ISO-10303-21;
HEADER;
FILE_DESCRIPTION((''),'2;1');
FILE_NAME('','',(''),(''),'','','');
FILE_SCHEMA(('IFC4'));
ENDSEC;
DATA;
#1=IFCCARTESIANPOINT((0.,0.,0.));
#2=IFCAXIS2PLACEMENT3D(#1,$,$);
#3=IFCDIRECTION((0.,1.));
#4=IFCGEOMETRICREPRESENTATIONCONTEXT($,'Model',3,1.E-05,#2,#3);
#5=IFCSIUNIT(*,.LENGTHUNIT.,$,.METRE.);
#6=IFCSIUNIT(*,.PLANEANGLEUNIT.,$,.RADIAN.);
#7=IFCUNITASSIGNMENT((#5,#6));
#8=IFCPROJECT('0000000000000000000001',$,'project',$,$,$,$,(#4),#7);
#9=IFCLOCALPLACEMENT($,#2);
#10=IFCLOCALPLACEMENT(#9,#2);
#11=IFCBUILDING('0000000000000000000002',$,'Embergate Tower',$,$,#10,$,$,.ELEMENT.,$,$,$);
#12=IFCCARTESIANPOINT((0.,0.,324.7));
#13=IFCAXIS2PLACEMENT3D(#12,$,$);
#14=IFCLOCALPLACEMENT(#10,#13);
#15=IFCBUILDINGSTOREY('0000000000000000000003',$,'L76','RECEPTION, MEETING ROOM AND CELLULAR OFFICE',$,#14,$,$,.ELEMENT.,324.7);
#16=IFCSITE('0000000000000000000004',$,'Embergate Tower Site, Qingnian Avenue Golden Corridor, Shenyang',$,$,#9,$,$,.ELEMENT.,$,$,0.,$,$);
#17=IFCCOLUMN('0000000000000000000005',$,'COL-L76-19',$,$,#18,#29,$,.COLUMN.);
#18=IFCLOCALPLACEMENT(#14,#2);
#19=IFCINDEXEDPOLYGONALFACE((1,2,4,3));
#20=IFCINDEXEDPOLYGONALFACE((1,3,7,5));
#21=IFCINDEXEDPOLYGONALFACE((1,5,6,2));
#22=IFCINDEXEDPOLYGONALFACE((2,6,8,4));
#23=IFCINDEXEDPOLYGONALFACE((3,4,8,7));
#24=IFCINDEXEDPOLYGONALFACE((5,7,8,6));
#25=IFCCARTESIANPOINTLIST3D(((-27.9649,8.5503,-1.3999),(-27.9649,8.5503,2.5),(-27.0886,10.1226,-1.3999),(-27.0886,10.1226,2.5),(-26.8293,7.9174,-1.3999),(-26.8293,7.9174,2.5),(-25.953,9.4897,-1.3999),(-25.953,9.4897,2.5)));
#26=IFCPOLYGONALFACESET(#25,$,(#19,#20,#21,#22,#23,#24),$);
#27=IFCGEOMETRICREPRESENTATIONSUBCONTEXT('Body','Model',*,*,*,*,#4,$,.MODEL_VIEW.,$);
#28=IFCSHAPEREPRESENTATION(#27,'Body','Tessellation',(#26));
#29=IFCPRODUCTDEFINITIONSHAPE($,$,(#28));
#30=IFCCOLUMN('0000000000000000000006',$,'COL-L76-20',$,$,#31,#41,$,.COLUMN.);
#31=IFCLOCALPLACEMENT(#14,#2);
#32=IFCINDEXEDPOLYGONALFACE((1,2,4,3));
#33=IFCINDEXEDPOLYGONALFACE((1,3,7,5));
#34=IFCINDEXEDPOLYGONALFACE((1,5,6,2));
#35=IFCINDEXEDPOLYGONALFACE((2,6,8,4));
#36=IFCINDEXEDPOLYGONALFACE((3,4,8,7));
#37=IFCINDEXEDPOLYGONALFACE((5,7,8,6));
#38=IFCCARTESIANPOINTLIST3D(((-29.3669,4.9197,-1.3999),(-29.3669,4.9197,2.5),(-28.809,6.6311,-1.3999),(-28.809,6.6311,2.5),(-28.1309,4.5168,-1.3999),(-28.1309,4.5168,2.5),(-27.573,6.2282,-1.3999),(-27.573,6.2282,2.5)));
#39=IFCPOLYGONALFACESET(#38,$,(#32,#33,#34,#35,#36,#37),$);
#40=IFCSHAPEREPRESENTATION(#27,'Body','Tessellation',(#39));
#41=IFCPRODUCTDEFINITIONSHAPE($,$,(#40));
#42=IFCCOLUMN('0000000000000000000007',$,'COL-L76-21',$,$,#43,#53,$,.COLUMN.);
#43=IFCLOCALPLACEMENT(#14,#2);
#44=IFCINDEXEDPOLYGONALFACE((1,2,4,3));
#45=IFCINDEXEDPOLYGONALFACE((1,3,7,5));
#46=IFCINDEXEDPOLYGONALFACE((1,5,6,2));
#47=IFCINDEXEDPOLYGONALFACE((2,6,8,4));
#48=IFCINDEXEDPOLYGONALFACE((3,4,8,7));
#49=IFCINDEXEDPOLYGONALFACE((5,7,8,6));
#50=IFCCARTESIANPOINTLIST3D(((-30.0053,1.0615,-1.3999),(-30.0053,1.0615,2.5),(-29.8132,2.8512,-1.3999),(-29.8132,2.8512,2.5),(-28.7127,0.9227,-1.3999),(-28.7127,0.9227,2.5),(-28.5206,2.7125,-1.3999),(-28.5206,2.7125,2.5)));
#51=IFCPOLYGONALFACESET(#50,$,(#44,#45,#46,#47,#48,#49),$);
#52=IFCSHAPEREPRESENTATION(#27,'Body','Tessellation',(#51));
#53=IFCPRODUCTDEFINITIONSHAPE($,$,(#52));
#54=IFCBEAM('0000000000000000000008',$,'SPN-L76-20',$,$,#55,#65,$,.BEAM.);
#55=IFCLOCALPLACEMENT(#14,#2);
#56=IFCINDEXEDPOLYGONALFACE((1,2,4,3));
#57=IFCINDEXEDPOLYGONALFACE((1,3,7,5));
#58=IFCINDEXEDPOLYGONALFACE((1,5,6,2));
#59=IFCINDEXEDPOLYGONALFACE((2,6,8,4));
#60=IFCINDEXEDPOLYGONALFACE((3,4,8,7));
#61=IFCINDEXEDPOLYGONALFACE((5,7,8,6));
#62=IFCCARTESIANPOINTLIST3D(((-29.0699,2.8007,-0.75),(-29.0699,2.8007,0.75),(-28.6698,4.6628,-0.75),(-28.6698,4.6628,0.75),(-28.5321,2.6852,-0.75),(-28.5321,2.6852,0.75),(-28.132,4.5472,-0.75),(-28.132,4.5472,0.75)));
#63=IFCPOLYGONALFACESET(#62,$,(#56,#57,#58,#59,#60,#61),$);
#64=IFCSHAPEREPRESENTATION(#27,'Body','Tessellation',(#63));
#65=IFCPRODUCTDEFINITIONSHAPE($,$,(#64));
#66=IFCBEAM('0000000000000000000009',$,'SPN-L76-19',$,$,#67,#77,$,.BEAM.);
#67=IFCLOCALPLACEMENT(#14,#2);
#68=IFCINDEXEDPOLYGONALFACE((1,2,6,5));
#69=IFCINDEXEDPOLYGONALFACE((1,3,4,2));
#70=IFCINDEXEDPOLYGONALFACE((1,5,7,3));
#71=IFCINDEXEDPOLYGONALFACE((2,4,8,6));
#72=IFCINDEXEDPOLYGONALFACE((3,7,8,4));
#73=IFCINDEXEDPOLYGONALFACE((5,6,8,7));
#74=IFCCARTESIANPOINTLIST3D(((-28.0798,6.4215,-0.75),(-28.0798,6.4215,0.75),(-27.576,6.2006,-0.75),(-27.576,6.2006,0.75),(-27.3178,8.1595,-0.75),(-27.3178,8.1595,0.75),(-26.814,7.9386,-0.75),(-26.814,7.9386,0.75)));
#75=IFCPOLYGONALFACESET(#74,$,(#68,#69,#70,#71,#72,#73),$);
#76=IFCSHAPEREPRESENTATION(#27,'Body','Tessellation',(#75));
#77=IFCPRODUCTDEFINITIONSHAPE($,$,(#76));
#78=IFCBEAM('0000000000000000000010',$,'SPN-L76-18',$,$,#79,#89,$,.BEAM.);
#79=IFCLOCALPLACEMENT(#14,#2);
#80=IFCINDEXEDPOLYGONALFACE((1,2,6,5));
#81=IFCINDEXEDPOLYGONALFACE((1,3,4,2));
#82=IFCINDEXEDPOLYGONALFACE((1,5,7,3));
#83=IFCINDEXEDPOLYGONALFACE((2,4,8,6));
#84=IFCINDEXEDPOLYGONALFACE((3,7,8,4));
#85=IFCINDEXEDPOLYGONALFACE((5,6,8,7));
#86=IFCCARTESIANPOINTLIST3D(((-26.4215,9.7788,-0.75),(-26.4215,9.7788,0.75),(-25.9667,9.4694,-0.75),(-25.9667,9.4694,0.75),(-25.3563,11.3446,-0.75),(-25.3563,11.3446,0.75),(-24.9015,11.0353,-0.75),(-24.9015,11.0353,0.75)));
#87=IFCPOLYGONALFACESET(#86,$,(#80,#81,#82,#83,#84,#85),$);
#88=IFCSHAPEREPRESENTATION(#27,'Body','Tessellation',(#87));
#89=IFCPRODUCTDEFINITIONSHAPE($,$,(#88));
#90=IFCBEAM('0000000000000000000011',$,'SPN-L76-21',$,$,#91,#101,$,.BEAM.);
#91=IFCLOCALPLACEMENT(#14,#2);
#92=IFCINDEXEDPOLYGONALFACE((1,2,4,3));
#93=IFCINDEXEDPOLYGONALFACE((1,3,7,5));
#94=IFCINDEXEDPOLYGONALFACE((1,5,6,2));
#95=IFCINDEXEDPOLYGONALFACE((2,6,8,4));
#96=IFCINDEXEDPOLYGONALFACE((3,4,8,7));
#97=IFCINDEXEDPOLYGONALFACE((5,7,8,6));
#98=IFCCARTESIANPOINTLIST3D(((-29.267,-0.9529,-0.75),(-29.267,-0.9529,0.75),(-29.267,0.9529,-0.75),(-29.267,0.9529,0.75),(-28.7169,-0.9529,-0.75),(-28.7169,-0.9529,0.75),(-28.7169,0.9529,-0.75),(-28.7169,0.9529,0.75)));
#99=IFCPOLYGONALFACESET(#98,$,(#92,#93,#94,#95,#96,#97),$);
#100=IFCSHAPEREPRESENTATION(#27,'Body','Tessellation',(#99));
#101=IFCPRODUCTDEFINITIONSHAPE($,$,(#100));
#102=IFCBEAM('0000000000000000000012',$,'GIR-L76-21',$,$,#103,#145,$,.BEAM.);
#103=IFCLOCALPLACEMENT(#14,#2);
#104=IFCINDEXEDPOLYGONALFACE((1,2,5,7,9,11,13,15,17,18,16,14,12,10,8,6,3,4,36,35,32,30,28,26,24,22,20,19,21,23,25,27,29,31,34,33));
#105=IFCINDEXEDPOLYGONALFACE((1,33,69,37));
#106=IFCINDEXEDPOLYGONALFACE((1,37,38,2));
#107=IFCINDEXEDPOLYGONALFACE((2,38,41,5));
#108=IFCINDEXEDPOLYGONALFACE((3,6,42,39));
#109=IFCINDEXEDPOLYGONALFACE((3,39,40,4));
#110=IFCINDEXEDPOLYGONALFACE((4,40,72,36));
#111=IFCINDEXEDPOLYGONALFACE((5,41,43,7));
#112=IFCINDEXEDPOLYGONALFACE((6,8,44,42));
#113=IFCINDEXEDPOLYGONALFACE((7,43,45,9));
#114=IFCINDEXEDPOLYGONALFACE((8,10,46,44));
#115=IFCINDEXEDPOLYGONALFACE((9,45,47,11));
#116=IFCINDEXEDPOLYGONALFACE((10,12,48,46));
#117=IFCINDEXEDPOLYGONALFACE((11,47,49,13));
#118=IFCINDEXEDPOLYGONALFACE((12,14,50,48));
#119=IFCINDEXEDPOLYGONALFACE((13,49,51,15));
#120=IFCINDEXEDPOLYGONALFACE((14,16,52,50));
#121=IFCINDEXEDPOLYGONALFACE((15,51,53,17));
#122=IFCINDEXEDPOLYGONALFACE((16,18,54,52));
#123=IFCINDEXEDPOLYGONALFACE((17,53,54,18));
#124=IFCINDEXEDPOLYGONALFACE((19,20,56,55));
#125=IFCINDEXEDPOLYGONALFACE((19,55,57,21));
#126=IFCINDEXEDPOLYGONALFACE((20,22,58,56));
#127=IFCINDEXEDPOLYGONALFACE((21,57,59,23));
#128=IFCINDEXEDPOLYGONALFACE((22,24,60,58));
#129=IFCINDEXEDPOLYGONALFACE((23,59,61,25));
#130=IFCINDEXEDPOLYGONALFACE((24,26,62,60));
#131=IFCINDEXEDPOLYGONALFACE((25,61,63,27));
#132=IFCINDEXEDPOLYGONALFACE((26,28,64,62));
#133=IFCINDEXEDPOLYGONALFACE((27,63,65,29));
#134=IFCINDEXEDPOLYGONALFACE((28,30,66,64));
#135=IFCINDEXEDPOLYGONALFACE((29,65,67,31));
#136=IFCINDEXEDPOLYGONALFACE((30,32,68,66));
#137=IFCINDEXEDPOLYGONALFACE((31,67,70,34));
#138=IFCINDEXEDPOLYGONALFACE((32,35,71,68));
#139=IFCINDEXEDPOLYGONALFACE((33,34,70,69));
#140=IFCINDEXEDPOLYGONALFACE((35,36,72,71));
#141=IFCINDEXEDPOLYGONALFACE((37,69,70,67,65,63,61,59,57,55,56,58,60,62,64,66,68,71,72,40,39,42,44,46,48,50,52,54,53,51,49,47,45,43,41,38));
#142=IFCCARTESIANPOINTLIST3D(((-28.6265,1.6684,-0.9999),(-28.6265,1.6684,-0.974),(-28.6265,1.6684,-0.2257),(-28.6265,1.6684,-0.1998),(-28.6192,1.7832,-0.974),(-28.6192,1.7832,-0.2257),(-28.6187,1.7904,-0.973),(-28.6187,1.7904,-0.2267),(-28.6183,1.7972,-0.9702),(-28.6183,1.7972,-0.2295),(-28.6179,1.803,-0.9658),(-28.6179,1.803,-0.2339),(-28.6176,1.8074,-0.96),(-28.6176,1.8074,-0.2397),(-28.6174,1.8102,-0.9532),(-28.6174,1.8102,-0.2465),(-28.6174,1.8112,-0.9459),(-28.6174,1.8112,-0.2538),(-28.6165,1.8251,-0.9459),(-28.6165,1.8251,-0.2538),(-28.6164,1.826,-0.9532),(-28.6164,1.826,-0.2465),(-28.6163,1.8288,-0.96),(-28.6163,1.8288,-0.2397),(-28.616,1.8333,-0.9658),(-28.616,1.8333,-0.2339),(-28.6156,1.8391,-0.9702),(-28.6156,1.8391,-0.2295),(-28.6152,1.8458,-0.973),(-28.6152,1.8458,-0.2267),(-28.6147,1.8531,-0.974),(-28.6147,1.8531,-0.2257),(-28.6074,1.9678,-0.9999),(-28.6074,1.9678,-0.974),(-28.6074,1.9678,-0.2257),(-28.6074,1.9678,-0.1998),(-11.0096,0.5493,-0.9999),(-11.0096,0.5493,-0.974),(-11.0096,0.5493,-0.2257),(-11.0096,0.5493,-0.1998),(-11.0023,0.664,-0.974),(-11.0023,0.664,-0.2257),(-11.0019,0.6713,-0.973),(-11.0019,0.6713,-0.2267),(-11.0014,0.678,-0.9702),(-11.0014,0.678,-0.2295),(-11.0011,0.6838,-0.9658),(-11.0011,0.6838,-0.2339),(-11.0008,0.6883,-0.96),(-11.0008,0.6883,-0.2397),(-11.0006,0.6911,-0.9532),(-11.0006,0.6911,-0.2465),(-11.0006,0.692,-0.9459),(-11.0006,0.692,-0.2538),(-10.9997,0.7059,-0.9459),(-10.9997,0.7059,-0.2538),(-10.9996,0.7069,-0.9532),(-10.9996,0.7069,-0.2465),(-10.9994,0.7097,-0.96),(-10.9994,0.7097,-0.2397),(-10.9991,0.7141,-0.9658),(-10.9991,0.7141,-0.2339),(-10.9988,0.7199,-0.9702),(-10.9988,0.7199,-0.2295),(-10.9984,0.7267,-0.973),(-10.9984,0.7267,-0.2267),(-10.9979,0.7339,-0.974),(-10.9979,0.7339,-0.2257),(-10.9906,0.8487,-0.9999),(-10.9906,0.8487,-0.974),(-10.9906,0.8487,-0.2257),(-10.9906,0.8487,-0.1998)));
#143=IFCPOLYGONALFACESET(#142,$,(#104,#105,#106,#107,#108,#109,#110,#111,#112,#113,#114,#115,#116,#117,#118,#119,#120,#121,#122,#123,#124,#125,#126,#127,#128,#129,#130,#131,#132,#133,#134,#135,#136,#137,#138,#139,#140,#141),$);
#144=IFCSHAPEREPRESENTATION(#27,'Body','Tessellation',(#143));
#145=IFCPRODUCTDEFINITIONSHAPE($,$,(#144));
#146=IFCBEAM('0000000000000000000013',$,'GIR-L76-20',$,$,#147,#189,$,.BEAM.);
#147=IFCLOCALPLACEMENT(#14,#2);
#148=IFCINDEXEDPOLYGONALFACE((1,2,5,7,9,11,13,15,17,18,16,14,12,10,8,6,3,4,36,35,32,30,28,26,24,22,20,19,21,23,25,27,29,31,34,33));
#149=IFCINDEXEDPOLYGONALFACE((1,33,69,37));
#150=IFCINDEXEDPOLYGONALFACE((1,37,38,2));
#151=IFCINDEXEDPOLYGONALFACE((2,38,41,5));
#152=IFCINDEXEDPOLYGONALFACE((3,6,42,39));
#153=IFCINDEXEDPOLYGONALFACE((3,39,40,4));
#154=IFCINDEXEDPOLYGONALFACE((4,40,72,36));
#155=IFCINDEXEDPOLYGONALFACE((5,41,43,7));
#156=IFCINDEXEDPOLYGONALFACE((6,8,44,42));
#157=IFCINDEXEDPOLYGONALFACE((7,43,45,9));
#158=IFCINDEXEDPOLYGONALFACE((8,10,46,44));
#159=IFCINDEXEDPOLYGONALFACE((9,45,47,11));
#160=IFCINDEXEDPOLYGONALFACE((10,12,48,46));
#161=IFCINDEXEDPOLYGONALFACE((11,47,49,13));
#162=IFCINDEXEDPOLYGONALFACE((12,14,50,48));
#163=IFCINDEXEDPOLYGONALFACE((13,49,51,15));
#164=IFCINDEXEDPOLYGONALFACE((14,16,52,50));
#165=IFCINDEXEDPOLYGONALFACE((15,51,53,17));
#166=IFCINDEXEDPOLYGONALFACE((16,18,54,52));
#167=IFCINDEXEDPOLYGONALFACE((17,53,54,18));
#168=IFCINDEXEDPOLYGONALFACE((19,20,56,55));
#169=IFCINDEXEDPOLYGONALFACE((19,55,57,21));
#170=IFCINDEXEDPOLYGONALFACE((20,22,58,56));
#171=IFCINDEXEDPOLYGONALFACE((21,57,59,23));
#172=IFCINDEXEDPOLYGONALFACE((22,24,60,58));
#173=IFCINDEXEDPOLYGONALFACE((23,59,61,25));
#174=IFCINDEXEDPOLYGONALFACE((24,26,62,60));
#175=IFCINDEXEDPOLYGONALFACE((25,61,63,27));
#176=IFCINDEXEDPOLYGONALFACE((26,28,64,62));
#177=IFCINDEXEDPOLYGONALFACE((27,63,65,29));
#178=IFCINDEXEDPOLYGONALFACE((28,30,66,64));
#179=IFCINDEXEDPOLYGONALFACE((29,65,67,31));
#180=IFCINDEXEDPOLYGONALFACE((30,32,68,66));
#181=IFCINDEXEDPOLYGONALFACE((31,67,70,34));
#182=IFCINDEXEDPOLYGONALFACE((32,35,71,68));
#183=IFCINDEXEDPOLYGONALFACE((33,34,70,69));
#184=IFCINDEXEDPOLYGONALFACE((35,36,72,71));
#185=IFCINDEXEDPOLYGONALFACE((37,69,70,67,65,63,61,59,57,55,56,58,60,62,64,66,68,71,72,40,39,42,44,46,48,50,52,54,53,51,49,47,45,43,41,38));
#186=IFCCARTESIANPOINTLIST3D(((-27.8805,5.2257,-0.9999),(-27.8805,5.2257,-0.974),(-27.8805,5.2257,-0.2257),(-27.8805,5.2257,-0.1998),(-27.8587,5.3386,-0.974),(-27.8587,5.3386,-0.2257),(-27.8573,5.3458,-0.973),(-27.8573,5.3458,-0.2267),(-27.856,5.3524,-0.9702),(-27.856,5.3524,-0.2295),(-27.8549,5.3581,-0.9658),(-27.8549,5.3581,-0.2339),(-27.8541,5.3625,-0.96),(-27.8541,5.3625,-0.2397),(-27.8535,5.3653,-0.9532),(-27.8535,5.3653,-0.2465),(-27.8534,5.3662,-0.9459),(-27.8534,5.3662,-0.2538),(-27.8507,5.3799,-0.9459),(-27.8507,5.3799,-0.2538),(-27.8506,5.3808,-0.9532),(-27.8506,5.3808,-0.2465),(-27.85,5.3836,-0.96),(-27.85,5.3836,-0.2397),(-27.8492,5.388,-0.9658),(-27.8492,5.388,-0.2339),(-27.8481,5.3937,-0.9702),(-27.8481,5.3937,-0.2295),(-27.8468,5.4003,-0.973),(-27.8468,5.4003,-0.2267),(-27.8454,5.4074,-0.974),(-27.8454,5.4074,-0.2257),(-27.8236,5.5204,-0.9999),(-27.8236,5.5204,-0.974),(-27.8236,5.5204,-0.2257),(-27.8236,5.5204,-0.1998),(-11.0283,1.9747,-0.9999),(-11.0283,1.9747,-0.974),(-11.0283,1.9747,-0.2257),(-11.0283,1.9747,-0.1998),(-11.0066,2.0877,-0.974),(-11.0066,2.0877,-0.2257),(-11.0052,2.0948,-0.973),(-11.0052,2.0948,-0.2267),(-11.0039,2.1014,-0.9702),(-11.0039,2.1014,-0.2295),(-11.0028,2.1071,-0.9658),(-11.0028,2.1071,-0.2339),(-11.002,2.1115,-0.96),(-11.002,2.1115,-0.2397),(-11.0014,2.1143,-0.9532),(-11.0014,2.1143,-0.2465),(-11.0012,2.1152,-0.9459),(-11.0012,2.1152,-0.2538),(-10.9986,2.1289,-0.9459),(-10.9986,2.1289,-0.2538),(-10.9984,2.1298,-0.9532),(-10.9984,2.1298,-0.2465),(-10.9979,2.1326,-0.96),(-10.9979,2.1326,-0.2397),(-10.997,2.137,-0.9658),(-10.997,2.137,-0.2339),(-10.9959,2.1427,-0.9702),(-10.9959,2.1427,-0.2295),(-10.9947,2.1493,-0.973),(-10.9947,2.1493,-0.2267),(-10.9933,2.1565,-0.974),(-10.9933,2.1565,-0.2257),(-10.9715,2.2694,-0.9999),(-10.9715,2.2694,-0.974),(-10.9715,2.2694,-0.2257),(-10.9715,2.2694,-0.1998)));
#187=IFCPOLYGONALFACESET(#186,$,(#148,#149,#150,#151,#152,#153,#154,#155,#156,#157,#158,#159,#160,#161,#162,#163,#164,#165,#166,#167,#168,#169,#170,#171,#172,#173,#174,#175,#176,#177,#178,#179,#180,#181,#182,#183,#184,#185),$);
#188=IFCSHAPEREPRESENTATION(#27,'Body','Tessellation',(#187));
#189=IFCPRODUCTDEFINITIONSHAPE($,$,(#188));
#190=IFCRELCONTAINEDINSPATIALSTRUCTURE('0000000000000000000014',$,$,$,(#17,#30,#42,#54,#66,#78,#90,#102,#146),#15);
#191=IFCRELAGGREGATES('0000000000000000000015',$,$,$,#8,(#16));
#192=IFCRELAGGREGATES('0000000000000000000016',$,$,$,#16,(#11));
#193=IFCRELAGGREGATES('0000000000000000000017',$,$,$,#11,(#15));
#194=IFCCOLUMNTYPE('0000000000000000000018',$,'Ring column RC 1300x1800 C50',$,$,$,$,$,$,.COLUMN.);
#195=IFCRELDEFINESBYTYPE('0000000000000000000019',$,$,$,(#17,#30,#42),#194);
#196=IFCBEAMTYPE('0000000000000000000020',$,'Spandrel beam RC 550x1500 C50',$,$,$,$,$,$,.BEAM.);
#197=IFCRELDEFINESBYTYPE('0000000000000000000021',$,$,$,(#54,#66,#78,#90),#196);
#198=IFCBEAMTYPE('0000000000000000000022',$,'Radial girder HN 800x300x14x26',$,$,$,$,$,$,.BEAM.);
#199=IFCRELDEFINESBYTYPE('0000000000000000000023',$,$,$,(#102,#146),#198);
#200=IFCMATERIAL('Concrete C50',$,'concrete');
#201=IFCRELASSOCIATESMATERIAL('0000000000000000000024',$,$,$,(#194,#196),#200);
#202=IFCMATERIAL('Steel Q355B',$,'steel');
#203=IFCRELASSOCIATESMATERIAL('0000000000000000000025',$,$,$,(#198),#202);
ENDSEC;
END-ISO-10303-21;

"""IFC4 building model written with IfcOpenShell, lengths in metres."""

from ifc_helpers import new_model, si_unit, direction, frame, origin, origin_2d, place, context, subcontext, project, spatial, rectangle, i_section, extrude, source, transform, mapped, material, material_profile, profile_set, type_object, element, save


model = new_model("IFC4")

# Units and contexts
model_context = context("Model", 3, precision=1e-05, world=origin(), true_north=direction((0.0, 1.0)))
body_context = subcontext(model_context, "Body", "Model", "MODEL_VIEW")
ifc_project = project(units=[si_unit("LENGTHUNIT", "METRE"), si_unit("PLANEANGLEUNIT", "RADIAN")], contexts=[model_context])

# Site, building, storey
site_placement = place(None, origin())
site = spatial("IfcSite", under=ifc_project, at=site_placement, Name="Embergate Tower Site, Qingnian Avenue Golden Corridor, Shenyang", CompositionType="ELEMENT", RefElevation=0.0)
building_placement = place(site_placement, origin())
building = spatial("IfcBuilding", under=site, at=building_placement, Name="Embergate Tower", CompositionType="ELEMENT")
storey_placement = place(building_placement, frame((0.0, 0.0, 324.7)))
storey = spatial("IfcBuildingStorey", under=building, at=storey_placement, Name="L76", Description="RECEPTION, MEETING ROOM AND CELLULAR OFFICE", CompositionType="ELEMENT", Elevation=324.7)

# Columns
ifc_material_1 = material(Name="Concrete C50", Category="concrete")
ifc_material_profile_1 = material_profile(ifc_material_1, rectangle(XDim=1.3, YDim=1.8, at=origin_2d()), Name="RC 1300x1800")
ifc_profile_set_1 = profile_set([ifc_material_profile_1], Name="Concrete C50")
column_type = type_object("IfcColumnType", Name="Ring column RC 1300x1800 C50", PredefinedType="COLUMN", material=ifc_profile_set_1)
shared_shape_1 = source(origin(), body_context, "Body", "SweptSolid", [
    extrude(rectangle(XDim=1.3, YDim=1.8, at=origin_2d()), origin(), (0.0, 0.0, 1.0), 3.8999),
])
for number, where, z_axis, x_axis, name in (
    (1, (-26.959, 9.02, -1.3999), (0.0, 0.0, 1.0), (-0.8735, 0.486823, 0.0), "COL-L76-19"),
    (2, (-28.47, 5.574, -1.3999), (0.0, 0.0, 1.0), (-0.950754, 0.309946, 0.0), "COL-L76-20"),
    (3, (-29.2629, 1.887, -1.3999), (0.0, 0.0, 1.0), (-0.994286, 0.10675, 0.0), "COL-L76-21"),
):
    element("IfcColumn", number, at=place(storey_placement, frame(where, z_axis=z_axis, x_axis=x_axis)), inside=storey, type_object=column_type, Name=name, PredefinedType="COLUMN", context=body_context, shape_type="MappedRepresentation", body=[
        mapped(shared_shape_1, transform((0.0, 0.0, 0.0))),
    ])

# Beams
ifc_material_profile_2 = material_profile(ifc_material_1, rectangle(XDim=0.55, YDim=1.5, at=origin_2d()), Name="RC 550x1500")
ifc_profile_set_2 = profile_set([ifc_material_profile_2], Name="Concrete C50")
beam_type_1 = type_object("IfcBeamType", Name="Spandrel beam RC 550x1500 C50", PredefinedType="BEAM", material=ifc_profile_set_2)
shared_shape_2 = source(origin(), body_context, "Body", "SweptSolid", [
    extrude(rectangle(XDim=0.55, YDim=1.5, at=origin_2d()), origin(), (0.0, 0.0, 1.0), 1.9045),
])
beam_1_placement = place(storey_placement, frame((-28.4009, 4.605, 0.0), z_axis=(-0.210098, -0.97768, 0.0), x_axis=(0.97768, -0.210098, 0.0)))
element("IfcBeam", 4, at=beam_1_placement, inside=storey, type_object=beam_type_1, Name="SPN-L76-20", PredefinedType="BEAM", context=body_context, shape_type="MappedRepresentation", body=[
    mapped(shared_shape_2, transform((0.0, 0.0, 0.0))),
])
shared_shape_3 = source(origin(), body_context, "Body", "SweptSolid", [
    extrude(rectangle(XDim=0.55, YDim=1.5, at=origin_2d()), origin(), (0.0, 0.0, 1.0), 1.8977),
])
beam_2_placement = place(storey_placement, frame((-27.0659, 8.0491, 0.0), z_axis=(-0.401514, -0.915853, 0.0), x_axis=(0.915853, -0.401514, 0.0)))
element("IfcBeam", 5, at=beam_2_placement, inside=storey, type_object=beam_type_1, Name="SPN-L76-19", PredefinedType="BEAM", context=body_context, shape_type="MappedRepresentation", body=[
    mapped(shared_shape_3, transform((0.0, 0.0, 0.0))),
])
shared_shape_4 = source(origin(), body_context, "Body", "SweptSolid", [
    extrude(rectangle(XDim=0.55, YDim=1.5, at=origin_2d()), origin(), (0.0, 0.0, 1.0), 1.8938),
])
beam_3_placement = place(storey_placement, frame((-25.1289, 11.1899, 0.0), z_axis=(-0.56244, -0.826838, 0.0), x_axis=(0.826838, -0.56244, 0.0)))
element("IfcBeam", 6, at=beam_3_placement, inside=storey, type_object=beam_type_1, Name="SPN-L76-18", PredefinedType="BEAM", context=body_context, shape_type="MappedRepresentation", body=[
    mapped(shared_shape_4, transform((0.0, 0.0, 0.0))),
])
shared_shape_5 = source(origin(), body_context, "Body", "SweptSolid", [
    extrude(rectangle(XDim=0.55, YDim=1.5, at=origin_2d()), origin(), (0.0, 0.0, 1.0), 1.9058),
])
beam_4_placement = place(storey_placement, frame((-28.9919, 0.9529, 0.0), z_axis=(0.0, -1.0, 0.0), x_axis=(1.0, 0.0, 0.0)))
element("IfcBeam", 7, at=beam_4_placement, inside=storey, type_object=beam_type_1, Name="SPN-L76-21", PredefinedType="BEAM", context=body_context, shape_type="MappedRepresentation", body=[
    mapped(shared_shape_5, transform((0.0, 0.0, 0.0))),
])
ifc_material_2 = material(Name="Steel Q355B", Category="steel")
ifc_material_profile_3 = material_profile(ifc_material_2, i_section(OverallWidth=0.3, OverallDepth=0.8, WebThickness=0.0139, FlangeThickness=0.0259, FilletRadius=0.0281, at=origin_2d()), Name="HN 800x300x14x26")
ifc_profile_set_3 = profile_set([ifc_material_profile_3], Name="Steel Q355 grade B")
beam_type_2 = type_object("IfcBeamType", Name="Radial girder HN 800x300x14x26", PredefinedType="BEAM", material=ifc_profile_set_3)
shared_shape_6 = source(origin(), body_context, "Body", "SweptSolid", [
    extrude(i_section(OverallWidth=0.3, OverallDepth=0.8, WebThickness=0.0139, FlangeThickness=0.0259, FilletRadius=0.0281, at=origin_2d()), origin(), (0.0, 0.0, 1.0), 17.6523),
])
beam_5_placement = place(storey_placement, frame((-28.6169, 1.8181, -0.5999), z_axis=(0.997988, -0.063399, 0.0), x_axis=(0.063399, 0.997988, 0.0)))
element("IfcBeam", 8, at=beam_5_placement, inside=storey, type_object=beam_type_2, Name="GIR-L76-21", PredefinedType="BEAM", context=body_context, shape_type="MappedRepresentation", body=[
    mapped(shared_shape_6, transform((0.0, 0.0, 0.0))),
])
shared_shape_7 = source(origin(), body_context, "Body", "SweptSolid", [
    extrude(i_section(OverallWidth=0.3, OverallDepth=0.8, WebThickness=0.0139, FlangeThickness=0.0259, FilletRadius=0.0281, at=origin_2d()), origin(), (0.0, 0.0, 1.0), 17.1628),
])
beam_6_placement = place(storey_placement, frame((-27.8521, 5.373, -0.5999), z_axis=(0.981896, -0.18942, 0.0), x_axis=(0.18942, 0.981896, 0.0)))
element("IfcBeam", 9, at=beam_6_placement, inside=storey, type_object=beam_type_2, Name="GIR-L76-20", PredefinedType="BEAM", context=body_context, shape_type="MappedRepresentation", body=[
    mapped(shared_shape_7, transform((0.0, 0.0, 0.0))),
])

save(model, "model.ifc")
